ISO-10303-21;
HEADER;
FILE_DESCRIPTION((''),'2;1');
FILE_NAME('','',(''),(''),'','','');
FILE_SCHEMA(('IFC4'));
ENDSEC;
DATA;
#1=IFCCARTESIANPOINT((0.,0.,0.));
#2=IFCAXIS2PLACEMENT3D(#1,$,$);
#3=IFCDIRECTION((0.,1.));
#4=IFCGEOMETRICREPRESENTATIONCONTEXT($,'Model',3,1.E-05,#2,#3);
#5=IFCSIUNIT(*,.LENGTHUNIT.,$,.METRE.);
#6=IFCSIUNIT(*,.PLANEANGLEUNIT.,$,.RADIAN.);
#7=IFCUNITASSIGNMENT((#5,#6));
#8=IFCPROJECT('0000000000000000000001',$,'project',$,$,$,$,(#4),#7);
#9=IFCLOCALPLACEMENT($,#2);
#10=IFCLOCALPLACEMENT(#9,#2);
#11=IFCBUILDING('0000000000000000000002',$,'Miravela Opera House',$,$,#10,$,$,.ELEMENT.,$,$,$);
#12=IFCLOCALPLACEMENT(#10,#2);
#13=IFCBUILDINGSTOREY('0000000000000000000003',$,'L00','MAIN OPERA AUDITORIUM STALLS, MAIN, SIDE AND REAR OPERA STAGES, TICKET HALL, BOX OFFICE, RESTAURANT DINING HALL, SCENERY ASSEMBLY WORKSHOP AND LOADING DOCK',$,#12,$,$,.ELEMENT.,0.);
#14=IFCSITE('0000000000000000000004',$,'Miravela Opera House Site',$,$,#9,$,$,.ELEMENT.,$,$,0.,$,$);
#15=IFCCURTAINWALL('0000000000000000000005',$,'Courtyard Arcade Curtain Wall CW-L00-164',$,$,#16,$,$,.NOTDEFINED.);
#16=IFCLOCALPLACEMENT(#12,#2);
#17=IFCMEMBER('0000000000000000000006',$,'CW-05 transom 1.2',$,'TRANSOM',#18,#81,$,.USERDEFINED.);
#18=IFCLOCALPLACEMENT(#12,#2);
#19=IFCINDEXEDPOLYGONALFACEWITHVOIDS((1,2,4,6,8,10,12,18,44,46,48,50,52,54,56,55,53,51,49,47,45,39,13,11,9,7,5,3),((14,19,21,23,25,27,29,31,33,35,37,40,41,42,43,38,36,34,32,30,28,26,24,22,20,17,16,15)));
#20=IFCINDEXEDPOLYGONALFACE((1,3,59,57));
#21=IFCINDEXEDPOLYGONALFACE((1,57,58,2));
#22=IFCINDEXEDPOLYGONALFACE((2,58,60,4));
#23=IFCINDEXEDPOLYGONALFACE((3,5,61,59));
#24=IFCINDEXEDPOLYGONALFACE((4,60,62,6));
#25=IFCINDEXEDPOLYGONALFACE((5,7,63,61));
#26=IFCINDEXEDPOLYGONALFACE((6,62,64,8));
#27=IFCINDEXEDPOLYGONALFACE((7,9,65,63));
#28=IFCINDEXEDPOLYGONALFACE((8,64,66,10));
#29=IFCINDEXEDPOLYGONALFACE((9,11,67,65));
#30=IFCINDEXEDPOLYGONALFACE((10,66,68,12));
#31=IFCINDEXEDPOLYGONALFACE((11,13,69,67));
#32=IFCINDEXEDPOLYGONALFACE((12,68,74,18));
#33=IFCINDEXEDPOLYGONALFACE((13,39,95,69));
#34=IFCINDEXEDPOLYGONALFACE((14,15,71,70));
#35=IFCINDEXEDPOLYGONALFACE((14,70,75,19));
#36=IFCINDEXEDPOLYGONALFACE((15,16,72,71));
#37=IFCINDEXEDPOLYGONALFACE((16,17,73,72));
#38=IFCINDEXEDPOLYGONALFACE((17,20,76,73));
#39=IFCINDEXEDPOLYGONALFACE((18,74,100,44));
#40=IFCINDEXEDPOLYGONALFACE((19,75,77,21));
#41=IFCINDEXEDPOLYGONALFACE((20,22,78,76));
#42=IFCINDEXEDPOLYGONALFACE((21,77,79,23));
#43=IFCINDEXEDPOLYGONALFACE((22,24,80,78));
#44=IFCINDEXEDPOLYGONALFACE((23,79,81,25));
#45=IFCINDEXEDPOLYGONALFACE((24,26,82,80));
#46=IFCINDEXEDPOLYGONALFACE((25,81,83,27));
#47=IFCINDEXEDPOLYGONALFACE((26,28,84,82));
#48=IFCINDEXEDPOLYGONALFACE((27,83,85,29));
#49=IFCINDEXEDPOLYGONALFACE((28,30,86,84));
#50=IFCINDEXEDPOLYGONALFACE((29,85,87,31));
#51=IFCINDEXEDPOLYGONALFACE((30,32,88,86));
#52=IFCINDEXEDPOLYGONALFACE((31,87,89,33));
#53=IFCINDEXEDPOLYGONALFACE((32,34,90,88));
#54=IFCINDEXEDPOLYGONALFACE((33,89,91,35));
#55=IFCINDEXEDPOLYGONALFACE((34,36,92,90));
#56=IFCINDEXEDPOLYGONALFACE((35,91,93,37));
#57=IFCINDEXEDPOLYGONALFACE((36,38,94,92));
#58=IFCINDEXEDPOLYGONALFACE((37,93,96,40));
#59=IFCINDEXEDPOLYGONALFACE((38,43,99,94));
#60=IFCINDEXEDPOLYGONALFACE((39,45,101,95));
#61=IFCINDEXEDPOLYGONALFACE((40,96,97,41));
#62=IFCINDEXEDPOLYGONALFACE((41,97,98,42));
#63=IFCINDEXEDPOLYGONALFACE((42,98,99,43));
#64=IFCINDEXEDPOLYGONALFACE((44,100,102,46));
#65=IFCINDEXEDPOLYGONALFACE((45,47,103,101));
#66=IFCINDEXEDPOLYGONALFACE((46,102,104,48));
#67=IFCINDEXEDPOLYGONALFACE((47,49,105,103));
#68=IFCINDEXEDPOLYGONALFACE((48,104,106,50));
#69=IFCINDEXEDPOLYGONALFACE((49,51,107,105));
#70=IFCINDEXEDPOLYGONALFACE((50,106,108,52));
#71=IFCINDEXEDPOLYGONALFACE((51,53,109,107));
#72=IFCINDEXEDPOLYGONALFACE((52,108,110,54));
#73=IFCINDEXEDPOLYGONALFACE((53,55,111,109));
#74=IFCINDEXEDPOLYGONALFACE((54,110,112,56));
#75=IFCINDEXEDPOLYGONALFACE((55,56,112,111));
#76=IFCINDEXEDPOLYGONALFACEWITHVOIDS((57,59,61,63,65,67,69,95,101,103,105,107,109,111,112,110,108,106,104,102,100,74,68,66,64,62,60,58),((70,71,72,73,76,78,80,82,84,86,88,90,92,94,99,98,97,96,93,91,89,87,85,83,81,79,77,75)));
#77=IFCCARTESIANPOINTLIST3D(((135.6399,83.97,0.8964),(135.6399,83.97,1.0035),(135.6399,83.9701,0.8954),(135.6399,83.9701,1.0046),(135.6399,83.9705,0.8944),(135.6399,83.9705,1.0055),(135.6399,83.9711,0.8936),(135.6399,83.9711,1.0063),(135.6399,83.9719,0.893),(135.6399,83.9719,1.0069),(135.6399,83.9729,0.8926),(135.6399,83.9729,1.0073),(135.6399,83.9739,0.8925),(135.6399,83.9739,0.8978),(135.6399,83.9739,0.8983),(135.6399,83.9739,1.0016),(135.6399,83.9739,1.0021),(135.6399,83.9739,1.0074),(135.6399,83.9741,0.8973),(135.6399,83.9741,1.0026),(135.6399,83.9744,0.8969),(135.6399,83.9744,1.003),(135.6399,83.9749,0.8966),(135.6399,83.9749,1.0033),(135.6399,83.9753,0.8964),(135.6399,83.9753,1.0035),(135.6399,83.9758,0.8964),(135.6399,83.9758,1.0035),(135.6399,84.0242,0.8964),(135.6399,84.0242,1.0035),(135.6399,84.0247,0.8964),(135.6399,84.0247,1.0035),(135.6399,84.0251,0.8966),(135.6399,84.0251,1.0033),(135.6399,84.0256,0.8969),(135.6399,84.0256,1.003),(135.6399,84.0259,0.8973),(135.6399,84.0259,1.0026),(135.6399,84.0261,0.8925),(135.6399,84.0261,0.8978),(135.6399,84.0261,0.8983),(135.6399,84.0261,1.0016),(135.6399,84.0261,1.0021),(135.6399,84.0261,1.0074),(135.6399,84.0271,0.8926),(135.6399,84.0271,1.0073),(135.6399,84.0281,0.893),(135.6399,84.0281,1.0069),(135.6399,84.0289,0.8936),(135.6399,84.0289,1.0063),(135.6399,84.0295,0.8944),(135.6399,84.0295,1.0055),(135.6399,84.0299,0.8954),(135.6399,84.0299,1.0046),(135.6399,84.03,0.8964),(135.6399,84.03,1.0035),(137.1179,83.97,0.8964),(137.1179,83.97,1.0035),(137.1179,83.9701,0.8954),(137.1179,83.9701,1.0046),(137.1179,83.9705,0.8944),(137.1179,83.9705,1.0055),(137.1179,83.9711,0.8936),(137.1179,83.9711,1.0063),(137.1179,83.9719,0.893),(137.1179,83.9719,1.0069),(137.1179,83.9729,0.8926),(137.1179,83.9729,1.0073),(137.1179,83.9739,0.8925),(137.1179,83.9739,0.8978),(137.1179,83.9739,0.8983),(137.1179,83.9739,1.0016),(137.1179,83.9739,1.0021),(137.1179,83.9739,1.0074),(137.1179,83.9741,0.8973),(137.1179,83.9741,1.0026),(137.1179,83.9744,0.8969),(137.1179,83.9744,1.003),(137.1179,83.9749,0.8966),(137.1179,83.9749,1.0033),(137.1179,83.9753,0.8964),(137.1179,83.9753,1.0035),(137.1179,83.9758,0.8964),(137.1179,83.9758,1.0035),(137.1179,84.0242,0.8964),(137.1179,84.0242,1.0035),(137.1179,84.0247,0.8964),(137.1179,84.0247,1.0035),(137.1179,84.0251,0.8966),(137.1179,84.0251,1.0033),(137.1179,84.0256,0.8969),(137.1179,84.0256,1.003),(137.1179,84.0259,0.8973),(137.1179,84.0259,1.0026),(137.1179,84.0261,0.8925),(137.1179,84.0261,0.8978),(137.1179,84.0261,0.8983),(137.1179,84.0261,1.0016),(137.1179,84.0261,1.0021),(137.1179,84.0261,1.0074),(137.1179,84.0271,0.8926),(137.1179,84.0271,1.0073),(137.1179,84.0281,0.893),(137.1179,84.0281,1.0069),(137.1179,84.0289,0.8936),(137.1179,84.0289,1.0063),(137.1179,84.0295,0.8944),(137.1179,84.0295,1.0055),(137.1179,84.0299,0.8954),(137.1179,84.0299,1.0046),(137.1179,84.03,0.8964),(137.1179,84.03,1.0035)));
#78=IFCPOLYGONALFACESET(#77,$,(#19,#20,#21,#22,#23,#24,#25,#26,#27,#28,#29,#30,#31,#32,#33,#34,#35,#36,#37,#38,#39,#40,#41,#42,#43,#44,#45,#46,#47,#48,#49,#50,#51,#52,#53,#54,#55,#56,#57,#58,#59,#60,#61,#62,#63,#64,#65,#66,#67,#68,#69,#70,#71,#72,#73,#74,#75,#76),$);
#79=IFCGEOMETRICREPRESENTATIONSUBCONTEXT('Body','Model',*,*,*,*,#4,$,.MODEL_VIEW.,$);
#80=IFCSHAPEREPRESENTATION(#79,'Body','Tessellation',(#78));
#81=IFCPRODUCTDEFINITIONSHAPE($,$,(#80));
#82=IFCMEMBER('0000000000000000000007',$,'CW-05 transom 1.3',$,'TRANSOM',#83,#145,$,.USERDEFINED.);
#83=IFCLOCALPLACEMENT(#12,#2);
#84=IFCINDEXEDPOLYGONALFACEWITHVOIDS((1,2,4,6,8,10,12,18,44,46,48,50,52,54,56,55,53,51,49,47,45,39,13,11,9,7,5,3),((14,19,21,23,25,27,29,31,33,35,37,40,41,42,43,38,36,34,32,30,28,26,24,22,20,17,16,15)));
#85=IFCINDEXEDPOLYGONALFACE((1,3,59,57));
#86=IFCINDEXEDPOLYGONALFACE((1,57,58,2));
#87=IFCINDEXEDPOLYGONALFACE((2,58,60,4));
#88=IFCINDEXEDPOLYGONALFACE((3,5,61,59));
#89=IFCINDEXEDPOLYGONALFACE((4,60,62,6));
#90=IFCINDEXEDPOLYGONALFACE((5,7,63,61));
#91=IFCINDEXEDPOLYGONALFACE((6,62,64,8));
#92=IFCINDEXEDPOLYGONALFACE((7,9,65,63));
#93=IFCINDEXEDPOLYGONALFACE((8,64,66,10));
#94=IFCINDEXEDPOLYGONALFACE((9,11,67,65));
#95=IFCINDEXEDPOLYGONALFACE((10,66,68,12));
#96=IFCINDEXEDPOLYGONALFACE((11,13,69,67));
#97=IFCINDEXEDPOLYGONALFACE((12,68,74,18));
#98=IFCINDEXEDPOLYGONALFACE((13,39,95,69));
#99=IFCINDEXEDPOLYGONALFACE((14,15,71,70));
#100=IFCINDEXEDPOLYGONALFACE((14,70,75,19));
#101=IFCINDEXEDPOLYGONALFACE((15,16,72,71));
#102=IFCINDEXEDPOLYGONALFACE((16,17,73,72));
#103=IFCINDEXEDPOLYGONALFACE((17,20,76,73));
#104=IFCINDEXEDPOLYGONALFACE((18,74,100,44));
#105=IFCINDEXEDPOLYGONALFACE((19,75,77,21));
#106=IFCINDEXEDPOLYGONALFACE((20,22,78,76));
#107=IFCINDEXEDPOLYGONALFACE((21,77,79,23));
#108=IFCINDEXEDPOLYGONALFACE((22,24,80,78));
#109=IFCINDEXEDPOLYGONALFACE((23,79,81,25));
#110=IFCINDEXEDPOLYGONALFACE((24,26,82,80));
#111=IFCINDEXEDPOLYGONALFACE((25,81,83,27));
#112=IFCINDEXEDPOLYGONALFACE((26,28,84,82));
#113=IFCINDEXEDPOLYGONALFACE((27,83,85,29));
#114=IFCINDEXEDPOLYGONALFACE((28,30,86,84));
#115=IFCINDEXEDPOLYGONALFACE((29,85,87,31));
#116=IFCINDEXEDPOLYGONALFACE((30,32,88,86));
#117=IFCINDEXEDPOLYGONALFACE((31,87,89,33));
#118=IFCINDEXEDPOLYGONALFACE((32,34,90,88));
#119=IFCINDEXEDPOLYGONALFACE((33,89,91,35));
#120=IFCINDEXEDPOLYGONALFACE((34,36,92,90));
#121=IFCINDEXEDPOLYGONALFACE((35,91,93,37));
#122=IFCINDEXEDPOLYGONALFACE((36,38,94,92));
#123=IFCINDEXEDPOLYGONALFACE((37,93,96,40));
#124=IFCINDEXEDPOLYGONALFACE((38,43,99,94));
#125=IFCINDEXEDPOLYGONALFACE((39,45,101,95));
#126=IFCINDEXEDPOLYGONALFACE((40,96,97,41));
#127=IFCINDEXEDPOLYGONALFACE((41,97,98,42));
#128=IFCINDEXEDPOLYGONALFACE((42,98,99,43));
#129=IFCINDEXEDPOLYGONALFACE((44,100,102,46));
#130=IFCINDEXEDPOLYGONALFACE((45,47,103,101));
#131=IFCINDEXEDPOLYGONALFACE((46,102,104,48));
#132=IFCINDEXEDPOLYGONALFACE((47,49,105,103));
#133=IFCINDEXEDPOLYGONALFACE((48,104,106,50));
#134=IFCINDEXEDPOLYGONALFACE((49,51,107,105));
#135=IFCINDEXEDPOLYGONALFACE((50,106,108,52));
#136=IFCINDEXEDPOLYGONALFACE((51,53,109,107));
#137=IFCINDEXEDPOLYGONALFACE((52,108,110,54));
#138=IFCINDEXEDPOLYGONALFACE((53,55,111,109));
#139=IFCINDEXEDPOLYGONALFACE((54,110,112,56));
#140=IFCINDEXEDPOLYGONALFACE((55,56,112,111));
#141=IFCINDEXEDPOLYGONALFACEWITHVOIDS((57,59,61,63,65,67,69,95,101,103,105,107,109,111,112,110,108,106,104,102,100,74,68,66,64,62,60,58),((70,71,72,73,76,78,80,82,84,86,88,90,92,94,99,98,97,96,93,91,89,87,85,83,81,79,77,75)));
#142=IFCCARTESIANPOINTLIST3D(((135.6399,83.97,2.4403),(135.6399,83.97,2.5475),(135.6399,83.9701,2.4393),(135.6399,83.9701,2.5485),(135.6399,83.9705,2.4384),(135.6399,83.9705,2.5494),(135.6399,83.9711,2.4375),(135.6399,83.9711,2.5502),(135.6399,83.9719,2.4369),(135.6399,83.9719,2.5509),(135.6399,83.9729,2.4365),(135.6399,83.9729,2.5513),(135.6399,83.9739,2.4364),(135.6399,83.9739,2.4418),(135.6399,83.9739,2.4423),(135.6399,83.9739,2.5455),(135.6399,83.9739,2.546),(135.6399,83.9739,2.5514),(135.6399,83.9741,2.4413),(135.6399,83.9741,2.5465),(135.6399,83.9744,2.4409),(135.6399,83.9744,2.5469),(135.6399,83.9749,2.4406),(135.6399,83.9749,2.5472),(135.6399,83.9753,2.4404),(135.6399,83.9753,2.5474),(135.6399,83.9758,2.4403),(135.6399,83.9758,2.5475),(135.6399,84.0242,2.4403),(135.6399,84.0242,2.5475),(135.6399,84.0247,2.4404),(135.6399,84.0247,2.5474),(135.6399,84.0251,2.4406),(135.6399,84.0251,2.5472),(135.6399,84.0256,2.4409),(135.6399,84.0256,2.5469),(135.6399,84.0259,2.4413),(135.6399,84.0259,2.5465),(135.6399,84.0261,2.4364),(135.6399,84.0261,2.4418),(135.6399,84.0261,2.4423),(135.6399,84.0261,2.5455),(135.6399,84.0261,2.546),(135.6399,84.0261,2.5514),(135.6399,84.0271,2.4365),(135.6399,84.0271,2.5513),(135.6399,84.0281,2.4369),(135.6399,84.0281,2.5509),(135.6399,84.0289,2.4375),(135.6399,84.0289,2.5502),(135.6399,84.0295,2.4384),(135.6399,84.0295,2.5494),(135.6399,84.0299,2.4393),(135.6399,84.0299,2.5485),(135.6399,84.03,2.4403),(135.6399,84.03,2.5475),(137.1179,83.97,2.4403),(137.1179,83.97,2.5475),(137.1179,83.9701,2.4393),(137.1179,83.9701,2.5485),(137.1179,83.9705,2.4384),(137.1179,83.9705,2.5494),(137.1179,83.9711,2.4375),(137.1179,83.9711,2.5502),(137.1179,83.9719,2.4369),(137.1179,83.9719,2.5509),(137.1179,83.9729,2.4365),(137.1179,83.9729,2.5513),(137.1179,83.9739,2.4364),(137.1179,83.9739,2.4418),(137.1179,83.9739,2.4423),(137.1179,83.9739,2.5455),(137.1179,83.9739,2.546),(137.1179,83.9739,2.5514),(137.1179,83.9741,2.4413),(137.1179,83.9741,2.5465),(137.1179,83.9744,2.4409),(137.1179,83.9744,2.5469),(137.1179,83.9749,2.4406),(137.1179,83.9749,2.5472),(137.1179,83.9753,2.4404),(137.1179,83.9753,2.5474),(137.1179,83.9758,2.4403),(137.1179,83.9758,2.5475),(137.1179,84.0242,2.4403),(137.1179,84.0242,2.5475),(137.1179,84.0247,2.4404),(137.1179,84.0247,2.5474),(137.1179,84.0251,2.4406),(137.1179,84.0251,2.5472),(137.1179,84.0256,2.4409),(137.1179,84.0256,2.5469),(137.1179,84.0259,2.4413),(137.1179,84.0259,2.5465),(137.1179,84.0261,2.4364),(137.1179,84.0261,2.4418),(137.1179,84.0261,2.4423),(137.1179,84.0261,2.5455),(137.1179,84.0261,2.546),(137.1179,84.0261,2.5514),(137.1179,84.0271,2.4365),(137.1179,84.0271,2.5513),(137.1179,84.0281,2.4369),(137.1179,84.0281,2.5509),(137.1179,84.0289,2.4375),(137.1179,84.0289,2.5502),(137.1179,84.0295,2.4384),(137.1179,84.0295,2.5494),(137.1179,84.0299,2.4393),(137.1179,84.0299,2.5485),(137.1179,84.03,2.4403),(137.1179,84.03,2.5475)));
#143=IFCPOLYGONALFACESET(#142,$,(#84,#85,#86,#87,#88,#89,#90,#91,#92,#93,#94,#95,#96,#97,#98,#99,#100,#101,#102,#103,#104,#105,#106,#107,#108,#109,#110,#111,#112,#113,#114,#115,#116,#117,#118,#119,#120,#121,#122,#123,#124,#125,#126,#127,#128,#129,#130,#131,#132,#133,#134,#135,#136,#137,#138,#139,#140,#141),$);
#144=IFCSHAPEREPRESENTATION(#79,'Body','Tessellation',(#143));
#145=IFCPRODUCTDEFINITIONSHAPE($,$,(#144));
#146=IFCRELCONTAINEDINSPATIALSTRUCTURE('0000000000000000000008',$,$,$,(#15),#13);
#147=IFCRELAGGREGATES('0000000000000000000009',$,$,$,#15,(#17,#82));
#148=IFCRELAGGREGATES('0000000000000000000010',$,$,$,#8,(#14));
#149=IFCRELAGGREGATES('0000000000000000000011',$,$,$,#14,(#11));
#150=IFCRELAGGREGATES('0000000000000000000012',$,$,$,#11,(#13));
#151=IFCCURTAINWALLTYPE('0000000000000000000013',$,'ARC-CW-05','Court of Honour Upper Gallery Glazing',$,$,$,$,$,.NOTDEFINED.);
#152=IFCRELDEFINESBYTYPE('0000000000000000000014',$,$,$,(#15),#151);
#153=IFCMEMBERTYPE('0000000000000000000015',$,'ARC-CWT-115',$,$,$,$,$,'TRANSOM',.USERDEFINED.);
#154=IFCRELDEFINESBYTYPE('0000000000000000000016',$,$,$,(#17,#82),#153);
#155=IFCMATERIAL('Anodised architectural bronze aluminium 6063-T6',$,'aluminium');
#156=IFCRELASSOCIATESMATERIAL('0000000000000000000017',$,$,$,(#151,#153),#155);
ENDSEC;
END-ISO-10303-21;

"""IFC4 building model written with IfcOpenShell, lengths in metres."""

from ifc_helpers import new_model, si_unit, direction, frame, origin, origin_2d, place, context, subcontext, project, spatial, hollow_rectangle, extrude, material, material_profile, profile_set, type_object, element, aggregate, save


model = new_model("IFC4")

# Units and contexts
model_context = context("Model", 3, precision=1e-05, world=origin(), true_north=direction((0.0, 1.0)))
body_context = subcontext(model_context, "Body", "Model", "MODEL_VIEW")
ifc_project = project(units=[si_unit("LENGTHUNIT", "METRE"), si_unit("PLANEANGLEUNIT", "RADIAN")], contexts=[model_context])

# Site, building, storey
site_placement = place(None, origin())
site = spatial("IfcSite", under=ifc_project, at=site_placement, Name="Miravela Opera House Site", CompositionType="ELEMENT", RefElevation=0.0)
building_placement = place(site_placement, origin())
building = spatial("IfcBuilding", under=site, at=building_placement, Name="Miravela Opera House", CompositionType="ELEMENT")
storey_placement = place(building_placement, origin())
storey = spatial("IfcBuildingStorey", under=building, at=storey_placement, Name="L00", Description="MAIN OPERA AUDITORIUM STALLS, MAIN, SIDE AND REAR OPERA STAGES, TICKET HALL, BOX OFFICE, RESTAURANT DINING HALL, SCENERY ASSEMBLY WORKSHOP AND LOADING DOCK", CompositionType="ELEMENT", Elevation=0.0)

# Curtain wall, members
ifc_material_1 = material(Name="Anodised architectural bronze aluminium 6063-T6", Category="aluminium")
curtain_wall_type = type_object("IfcCurtainWallType", Name="ARC-CW-05", Description="Court of Honour Upper Gallery Glazing", PredefinedType="NOTDEFINED", material=ifc_material_1)
curtain_wall_placement = place(storey_placement, origin())
curtain_wall = element("IfcCurtainWall", 1, at=curtain_wall_placement, inside=storey, type_object=curtain_wall_type, Name="Courtyard Arcade Curtain Wall CW-L00-164", PredefinedType="NOTDEFINED")
ifc_material_profile_1 = material_profile(ifc_material_1, hollow_rectangle(XDim=0.0601, YDim=0.115, WallThickness=0.0039, InnerFilletRadius=0.002, OuterFilletRadius=0.0039, at=origin_2d()), Name="CWT-60X115")
ifc_profile_set_1 = profile_set([ifc_material_profile_1])
member_type_1 = type_object("IfcMemberType", Name="ARC-CWT-115", ElementType="TRANSOM", PredefinedType="USERDEFINED", material=ifc_profile_set_1)
member_1_placement = place(storey_placement, frame((135.6399, 84.0, 0.95), z_axis=(1.0, 0.0, 0.0), x_axis=(0.0, 1.0, 0.0)))
member_1 = element("IfcMember", 2, at=member_1_placement, type_object=member_type_1, Name="CW-05 transom 1.2", ObjectType="TRANSOM", PredefinedType="USERDEFINED", context=body_context, shape_type="SweptSolid", body=[
    extrude(hollow_rectangle(XDim=0.0601, YDim=0.115, WallThickness=0.0039, InnerFilletRadius=0.002, OuterFilletRadius=0.0039, at=origin_2d()), origin(), (0.0, 0.0, 1.0), 1.478),
])
member_2_placement = place(storey_placement, frame((135.6399, 84.0, 2.4939), z_axis=(1.0, 0.0, 0.0), x_axis=(0.0, 1.0, 0.0)))
member_2 = element("IfcMember", 3, at=member_2_placement, type_object=member_type_1, Name="CW-05 transom 1.3", ObjectType="TRANSOM", PredefinedType="USERDEFINED", context=body_context, shape_type="SweptSolid", body=[
    extrude(hollow_rectangle(XDim=0.0601, YDim=0.115, WallThickness=0.0039, InnerFilletRadius=0.002, OuterFilletRadius=0.0039, at=origin_2d()), origin(), (0.0, 0.0, 1.0), 1.478),
])

aggregate(curtain_wall, [member_1, member_2])

save(model, "model.ifc")
